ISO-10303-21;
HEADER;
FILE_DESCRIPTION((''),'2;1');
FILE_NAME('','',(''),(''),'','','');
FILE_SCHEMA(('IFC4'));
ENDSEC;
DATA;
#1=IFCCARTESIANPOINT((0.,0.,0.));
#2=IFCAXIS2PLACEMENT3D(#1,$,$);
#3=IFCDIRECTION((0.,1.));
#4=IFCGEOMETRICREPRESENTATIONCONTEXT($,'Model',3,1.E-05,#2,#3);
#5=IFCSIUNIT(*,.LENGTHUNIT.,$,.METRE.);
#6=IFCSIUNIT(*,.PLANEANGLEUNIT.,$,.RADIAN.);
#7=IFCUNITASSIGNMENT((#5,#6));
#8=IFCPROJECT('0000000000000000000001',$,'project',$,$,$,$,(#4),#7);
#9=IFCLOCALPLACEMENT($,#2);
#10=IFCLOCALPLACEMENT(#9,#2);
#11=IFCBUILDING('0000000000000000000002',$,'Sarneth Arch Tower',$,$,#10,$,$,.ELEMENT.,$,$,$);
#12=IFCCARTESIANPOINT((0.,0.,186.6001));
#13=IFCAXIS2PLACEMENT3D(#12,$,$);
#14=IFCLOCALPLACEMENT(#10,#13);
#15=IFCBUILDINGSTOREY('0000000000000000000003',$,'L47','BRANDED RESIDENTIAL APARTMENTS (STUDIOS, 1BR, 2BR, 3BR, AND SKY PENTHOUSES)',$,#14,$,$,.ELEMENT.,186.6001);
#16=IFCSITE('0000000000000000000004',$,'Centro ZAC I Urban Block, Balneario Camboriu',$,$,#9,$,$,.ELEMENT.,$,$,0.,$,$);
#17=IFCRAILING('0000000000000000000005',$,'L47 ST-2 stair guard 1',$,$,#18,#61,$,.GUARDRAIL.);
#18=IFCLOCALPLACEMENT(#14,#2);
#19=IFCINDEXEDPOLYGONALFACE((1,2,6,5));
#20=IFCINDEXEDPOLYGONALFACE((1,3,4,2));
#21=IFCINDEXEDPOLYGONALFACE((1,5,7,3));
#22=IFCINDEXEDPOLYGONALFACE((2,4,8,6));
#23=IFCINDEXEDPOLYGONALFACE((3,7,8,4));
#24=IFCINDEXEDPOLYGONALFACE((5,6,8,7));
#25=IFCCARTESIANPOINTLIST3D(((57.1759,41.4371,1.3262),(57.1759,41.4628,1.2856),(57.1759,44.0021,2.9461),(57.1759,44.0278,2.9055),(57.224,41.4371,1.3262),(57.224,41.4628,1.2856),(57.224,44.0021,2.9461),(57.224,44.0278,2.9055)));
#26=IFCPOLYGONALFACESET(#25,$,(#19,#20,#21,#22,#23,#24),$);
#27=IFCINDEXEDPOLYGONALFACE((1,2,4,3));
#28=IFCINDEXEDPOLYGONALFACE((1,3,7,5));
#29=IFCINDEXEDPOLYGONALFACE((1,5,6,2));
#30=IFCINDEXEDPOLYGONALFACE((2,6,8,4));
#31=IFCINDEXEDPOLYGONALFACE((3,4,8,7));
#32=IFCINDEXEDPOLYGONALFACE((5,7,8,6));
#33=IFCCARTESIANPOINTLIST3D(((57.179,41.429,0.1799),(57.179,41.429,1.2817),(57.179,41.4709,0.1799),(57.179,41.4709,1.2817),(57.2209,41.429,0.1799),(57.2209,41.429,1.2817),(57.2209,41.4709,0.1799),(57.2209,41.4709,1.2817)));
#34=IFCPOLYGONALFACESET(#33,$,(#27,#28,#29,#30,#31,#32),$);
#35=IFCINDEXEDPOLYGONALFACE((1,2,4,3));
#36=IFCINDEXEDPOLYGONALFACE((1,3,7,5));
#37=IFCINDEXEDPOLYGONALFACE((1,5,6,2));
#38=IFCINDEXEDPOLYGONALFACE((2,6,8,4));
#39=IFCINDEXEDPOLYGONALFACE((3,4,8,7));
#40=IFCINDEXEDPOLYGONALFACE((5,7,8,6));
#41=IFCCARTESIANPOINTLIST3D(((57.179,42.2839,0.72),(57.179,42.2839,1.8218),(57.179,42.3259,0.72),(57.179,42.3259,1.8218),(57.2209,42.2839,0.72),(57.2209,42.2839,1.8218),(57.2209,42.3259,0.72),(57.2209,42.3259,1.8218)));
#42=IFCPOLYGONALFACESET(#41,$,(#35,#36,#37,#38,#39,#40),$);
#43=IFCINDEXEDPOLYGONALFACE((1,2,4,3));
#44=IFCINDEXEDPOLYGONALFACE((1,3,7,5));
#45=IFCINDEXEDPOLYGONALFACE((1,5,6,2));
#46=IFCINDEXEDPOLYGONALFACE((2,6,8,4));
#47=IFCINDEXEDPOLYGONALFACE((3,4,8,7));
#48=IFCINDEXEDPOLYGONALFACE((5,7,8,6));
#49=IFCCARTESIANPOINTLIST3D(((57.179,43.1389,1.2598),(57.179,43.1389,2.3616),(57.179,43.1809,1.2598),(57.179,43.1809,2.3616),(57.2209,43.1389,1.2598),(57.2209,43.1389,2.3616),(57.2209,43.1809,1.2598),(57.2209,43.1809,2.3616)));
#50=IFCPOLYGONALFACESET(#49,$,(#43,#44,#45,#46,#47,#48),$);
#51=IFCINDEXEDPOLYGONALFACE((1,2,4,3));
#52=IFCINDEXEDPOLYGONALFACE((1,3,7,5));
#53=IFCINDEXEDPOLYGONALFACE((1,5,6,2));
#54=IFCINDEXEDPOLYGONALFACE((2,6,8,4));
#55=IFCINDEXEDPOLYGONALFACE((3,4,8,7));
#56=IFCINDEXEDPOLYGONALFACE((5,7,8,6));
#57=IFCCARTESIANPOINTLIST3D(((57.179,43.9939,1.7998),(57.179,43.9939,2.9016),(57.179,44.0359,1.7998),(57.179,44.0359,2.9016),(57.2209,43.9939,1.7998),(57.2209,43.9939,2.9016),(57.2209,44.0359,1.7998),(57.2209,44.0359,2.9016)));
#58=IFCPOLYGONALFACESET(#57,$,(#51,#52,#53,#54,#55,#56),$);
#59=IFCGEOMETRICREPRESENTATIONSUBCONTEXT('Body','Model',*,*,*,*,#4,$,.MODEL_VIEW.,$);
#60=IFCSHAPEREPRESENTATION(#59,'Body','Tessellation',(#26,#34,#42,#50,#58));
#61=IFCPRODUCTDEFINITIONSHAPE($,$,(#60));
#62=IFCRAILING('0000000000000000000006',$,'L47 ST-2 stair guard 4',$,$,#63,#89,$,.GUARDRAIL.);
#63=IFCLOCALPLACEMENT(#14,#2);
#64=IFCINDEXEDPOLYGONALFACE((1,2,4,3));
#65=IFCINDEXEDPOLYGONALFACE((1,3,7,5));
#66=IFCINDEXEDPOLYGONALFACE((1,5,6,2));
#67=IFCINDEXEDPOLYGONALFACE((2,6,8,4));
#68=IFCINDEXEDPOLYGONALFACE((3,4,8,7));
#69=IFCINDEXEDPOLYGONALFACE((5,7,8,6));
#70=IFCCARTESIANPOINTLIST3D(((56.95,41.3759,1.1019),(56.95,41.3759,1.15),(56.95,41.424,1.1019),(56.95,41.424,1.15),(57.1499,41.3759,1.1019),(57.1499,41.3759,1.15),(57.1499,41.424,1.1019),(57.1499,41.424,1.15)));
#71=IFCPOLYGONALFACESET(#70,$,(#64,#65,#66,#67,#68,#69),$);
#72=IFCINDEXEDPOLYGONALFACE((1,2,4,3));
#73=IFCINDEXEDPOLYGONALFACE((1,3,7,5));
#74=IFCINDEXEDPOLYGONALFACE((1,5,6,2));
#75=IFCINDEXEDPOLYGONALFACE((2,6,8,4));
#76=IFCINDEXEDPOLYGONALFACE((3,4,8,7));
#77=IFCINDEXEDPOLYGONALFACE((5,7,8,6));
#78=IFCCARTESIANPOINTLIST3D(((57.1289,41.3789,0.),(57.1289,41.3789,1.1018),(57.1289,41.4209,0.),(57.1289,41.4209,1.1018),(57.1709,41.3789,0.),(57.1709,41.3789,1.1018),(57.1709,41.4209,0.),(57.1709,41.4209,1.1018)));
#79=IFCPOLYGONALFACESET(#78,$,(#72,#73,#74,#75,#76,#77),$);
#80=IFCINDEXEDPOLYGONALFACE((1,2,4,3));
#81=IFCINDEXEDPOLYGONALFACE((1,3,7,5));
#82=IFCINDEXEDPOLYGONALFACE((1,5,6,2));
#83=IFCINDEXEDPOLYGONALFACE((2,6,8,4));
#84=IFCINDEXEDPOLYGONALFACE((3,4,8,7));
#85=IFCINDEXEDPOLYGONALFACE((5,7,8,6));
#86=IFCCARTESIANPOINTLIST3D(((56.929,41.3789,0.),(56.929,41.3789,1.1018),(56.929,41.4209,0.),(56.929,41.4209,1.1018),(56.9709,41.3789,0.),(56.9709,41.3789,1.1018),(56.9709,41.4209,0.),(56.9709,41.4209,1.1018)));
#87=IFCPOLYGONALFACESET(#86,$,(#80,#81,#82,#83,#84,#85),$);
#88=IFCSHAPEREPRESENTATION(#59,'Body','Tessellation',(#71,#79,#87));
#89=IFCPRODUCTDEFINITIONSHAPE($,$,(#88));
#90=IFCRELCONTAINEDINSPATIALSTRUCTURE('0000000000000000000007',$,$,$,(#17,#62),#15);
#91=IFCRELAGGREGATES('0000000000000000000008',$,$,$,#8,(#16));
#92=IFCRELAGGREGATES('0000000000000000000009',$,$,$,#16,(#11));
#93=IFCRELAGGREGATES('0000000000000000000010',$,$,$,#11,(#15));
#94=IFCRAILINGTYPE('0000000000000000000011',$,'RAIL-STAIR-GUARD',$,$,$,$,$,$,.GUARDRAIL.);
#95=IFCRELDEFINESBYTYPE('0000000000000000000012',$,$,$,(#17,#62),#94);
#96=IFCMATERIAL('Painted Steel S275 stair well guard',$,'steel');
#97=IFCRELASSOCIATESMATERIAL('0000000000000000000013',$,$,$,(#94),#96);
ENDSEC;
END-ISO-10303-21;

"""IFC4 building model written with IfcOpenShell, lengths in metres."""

from ifc_helpers import new_model, si_unit, direction, frame, origin, origin_2d, place, context, subcontext, project, spatial, rectangle, extrude, material, type_object, element, save


model = new_model("IFC4")

# Units and contexts
model_context = context("Model", 3, precision=1e-05, world=origin(), true_north=direction((0.0, 1.0)))
body_context = subcontext(model_context, "Body", "Model", "MODEL_VIEW")
ifc_project = project(units=[si_unit("LENGTHUNIT", "METRE"), si_unit("PLANEANGLEUNIT", "RADIAN")], contexts=[model_context])

# Site, building, storey
site_placement = place(None, origin())
site = spatial("IfcSite", under=ifc_project, at=site_placement, Name="Centro ZAC I Urban Block, Balneario Camboriu", CompositionType="ELEMENT", RefElevation=0.0)
building_placement = place(site_placement, origin())
building = spatial("IfcBuilding", under=site, at=building_placement, Name="Sarneth Arch Tower", CompositionType="ELEMENT")
storey_placement = place(building_placement, frame((0.0, 0.0, 186.6001)))
storey = spatial("IfcBuildingStorey", under=building, at=storey_placement, Name="L47", Description="BRANDED RESIDENTIAL APARTMENTS (STUDIOS, 1BR, 2BR, 3BR, AND SKY PENTHOUSES)", CompositionType="ELEMENT", Elevation=186.6001)

# Railings
ifc_material_1 = material(Name="Painted Steel S275 stair well guard", Category="steel")
railing_type_1 = type_object("IfcRailingType", Name="RAIL-STAIR-GUARD", PredefinedType="GUARDRAIL", material=ifc_material_1)
railing_1_placement = place(storey_placement, frame((57.2, 41.45, 0.1799)))
element("IfcRailing", 1, at=railing_1_placement, inside=storey, type_object=railing_type_1, Name="L47 ST-2 stair guard 1", PredefinedType="GUARDRAIL", context=body_context, shape_type="SweptSolid", body=[
    extrude(rectangle(XDim=0.0481, YDim=0.0481, at=origin_2d()), frame((0.0, 0.0, 1.126), z_axis=(0.0, 0.845502, 0.533972), x_axis=(-1.0, 0.0, 0.0)), (0.0, 0.0, 1.0), 3.0337),
    extrude(rectangle(XDim=0.042, YDim=0.042, at=origin_2d()), origin(), (0.0, 0.0, 1.0), 1.1018),
    extrude(rectangle(XDim=0.042, YDim=0.042, at=origin_2d()), frame((0.0, 0.855, 0.54)), (0.0, 0.0, 1.0), 1.1018),
    extrude(rectangle(XDim=0.042, YDim=0.042, at=origin_2d()), frame((0.0, 1.71, 1.0798)), (0.0, 0.0, 1.0), 1.1018),
    extrude(rectangle(XDim=0.042, YDim=0.042, at=origin_2d()), frame((0.0, 2.5649, 1.6199)), (0.0, 0.0, 1.0), 1.1018),
])
railing_2_placement = place(storey_placement, frame((57.1499, 41.3999, 0.0)))
element("IfcRailing", 2, at=railing_2_placement, inside=storey, type_object=railing_type_1, Name="L47 ST-2 stair guard 4", PredefinedType="GUARDRAIL", context=body_context, shape_type="SweptSolid", body=[
    extrude(rectangle(XDim=0.0481, YDim=0.0481, at=origin_2d()), frame((0.0, 0.0, 1.126), z_axis=(-1.0, 0.0, 0.0), x_axis=(0.0, -1.0, 0.0)), (0.0, 0.0, 1.0), 0.2),
    extrude(rectangle(XDim=0.042, YDim=0.042, at=origin_2d()), origin(), (0.0, 0.0, 1.0), 1.1018),
    extrude(rectangle(XDim=0.042, YDim=0.042, at=origin_2d()), frame((-0.2, 0.0, 0.0)), (0.0, 0.0, 1.0), 1.1018),
])

save(model, "model.ifc")
